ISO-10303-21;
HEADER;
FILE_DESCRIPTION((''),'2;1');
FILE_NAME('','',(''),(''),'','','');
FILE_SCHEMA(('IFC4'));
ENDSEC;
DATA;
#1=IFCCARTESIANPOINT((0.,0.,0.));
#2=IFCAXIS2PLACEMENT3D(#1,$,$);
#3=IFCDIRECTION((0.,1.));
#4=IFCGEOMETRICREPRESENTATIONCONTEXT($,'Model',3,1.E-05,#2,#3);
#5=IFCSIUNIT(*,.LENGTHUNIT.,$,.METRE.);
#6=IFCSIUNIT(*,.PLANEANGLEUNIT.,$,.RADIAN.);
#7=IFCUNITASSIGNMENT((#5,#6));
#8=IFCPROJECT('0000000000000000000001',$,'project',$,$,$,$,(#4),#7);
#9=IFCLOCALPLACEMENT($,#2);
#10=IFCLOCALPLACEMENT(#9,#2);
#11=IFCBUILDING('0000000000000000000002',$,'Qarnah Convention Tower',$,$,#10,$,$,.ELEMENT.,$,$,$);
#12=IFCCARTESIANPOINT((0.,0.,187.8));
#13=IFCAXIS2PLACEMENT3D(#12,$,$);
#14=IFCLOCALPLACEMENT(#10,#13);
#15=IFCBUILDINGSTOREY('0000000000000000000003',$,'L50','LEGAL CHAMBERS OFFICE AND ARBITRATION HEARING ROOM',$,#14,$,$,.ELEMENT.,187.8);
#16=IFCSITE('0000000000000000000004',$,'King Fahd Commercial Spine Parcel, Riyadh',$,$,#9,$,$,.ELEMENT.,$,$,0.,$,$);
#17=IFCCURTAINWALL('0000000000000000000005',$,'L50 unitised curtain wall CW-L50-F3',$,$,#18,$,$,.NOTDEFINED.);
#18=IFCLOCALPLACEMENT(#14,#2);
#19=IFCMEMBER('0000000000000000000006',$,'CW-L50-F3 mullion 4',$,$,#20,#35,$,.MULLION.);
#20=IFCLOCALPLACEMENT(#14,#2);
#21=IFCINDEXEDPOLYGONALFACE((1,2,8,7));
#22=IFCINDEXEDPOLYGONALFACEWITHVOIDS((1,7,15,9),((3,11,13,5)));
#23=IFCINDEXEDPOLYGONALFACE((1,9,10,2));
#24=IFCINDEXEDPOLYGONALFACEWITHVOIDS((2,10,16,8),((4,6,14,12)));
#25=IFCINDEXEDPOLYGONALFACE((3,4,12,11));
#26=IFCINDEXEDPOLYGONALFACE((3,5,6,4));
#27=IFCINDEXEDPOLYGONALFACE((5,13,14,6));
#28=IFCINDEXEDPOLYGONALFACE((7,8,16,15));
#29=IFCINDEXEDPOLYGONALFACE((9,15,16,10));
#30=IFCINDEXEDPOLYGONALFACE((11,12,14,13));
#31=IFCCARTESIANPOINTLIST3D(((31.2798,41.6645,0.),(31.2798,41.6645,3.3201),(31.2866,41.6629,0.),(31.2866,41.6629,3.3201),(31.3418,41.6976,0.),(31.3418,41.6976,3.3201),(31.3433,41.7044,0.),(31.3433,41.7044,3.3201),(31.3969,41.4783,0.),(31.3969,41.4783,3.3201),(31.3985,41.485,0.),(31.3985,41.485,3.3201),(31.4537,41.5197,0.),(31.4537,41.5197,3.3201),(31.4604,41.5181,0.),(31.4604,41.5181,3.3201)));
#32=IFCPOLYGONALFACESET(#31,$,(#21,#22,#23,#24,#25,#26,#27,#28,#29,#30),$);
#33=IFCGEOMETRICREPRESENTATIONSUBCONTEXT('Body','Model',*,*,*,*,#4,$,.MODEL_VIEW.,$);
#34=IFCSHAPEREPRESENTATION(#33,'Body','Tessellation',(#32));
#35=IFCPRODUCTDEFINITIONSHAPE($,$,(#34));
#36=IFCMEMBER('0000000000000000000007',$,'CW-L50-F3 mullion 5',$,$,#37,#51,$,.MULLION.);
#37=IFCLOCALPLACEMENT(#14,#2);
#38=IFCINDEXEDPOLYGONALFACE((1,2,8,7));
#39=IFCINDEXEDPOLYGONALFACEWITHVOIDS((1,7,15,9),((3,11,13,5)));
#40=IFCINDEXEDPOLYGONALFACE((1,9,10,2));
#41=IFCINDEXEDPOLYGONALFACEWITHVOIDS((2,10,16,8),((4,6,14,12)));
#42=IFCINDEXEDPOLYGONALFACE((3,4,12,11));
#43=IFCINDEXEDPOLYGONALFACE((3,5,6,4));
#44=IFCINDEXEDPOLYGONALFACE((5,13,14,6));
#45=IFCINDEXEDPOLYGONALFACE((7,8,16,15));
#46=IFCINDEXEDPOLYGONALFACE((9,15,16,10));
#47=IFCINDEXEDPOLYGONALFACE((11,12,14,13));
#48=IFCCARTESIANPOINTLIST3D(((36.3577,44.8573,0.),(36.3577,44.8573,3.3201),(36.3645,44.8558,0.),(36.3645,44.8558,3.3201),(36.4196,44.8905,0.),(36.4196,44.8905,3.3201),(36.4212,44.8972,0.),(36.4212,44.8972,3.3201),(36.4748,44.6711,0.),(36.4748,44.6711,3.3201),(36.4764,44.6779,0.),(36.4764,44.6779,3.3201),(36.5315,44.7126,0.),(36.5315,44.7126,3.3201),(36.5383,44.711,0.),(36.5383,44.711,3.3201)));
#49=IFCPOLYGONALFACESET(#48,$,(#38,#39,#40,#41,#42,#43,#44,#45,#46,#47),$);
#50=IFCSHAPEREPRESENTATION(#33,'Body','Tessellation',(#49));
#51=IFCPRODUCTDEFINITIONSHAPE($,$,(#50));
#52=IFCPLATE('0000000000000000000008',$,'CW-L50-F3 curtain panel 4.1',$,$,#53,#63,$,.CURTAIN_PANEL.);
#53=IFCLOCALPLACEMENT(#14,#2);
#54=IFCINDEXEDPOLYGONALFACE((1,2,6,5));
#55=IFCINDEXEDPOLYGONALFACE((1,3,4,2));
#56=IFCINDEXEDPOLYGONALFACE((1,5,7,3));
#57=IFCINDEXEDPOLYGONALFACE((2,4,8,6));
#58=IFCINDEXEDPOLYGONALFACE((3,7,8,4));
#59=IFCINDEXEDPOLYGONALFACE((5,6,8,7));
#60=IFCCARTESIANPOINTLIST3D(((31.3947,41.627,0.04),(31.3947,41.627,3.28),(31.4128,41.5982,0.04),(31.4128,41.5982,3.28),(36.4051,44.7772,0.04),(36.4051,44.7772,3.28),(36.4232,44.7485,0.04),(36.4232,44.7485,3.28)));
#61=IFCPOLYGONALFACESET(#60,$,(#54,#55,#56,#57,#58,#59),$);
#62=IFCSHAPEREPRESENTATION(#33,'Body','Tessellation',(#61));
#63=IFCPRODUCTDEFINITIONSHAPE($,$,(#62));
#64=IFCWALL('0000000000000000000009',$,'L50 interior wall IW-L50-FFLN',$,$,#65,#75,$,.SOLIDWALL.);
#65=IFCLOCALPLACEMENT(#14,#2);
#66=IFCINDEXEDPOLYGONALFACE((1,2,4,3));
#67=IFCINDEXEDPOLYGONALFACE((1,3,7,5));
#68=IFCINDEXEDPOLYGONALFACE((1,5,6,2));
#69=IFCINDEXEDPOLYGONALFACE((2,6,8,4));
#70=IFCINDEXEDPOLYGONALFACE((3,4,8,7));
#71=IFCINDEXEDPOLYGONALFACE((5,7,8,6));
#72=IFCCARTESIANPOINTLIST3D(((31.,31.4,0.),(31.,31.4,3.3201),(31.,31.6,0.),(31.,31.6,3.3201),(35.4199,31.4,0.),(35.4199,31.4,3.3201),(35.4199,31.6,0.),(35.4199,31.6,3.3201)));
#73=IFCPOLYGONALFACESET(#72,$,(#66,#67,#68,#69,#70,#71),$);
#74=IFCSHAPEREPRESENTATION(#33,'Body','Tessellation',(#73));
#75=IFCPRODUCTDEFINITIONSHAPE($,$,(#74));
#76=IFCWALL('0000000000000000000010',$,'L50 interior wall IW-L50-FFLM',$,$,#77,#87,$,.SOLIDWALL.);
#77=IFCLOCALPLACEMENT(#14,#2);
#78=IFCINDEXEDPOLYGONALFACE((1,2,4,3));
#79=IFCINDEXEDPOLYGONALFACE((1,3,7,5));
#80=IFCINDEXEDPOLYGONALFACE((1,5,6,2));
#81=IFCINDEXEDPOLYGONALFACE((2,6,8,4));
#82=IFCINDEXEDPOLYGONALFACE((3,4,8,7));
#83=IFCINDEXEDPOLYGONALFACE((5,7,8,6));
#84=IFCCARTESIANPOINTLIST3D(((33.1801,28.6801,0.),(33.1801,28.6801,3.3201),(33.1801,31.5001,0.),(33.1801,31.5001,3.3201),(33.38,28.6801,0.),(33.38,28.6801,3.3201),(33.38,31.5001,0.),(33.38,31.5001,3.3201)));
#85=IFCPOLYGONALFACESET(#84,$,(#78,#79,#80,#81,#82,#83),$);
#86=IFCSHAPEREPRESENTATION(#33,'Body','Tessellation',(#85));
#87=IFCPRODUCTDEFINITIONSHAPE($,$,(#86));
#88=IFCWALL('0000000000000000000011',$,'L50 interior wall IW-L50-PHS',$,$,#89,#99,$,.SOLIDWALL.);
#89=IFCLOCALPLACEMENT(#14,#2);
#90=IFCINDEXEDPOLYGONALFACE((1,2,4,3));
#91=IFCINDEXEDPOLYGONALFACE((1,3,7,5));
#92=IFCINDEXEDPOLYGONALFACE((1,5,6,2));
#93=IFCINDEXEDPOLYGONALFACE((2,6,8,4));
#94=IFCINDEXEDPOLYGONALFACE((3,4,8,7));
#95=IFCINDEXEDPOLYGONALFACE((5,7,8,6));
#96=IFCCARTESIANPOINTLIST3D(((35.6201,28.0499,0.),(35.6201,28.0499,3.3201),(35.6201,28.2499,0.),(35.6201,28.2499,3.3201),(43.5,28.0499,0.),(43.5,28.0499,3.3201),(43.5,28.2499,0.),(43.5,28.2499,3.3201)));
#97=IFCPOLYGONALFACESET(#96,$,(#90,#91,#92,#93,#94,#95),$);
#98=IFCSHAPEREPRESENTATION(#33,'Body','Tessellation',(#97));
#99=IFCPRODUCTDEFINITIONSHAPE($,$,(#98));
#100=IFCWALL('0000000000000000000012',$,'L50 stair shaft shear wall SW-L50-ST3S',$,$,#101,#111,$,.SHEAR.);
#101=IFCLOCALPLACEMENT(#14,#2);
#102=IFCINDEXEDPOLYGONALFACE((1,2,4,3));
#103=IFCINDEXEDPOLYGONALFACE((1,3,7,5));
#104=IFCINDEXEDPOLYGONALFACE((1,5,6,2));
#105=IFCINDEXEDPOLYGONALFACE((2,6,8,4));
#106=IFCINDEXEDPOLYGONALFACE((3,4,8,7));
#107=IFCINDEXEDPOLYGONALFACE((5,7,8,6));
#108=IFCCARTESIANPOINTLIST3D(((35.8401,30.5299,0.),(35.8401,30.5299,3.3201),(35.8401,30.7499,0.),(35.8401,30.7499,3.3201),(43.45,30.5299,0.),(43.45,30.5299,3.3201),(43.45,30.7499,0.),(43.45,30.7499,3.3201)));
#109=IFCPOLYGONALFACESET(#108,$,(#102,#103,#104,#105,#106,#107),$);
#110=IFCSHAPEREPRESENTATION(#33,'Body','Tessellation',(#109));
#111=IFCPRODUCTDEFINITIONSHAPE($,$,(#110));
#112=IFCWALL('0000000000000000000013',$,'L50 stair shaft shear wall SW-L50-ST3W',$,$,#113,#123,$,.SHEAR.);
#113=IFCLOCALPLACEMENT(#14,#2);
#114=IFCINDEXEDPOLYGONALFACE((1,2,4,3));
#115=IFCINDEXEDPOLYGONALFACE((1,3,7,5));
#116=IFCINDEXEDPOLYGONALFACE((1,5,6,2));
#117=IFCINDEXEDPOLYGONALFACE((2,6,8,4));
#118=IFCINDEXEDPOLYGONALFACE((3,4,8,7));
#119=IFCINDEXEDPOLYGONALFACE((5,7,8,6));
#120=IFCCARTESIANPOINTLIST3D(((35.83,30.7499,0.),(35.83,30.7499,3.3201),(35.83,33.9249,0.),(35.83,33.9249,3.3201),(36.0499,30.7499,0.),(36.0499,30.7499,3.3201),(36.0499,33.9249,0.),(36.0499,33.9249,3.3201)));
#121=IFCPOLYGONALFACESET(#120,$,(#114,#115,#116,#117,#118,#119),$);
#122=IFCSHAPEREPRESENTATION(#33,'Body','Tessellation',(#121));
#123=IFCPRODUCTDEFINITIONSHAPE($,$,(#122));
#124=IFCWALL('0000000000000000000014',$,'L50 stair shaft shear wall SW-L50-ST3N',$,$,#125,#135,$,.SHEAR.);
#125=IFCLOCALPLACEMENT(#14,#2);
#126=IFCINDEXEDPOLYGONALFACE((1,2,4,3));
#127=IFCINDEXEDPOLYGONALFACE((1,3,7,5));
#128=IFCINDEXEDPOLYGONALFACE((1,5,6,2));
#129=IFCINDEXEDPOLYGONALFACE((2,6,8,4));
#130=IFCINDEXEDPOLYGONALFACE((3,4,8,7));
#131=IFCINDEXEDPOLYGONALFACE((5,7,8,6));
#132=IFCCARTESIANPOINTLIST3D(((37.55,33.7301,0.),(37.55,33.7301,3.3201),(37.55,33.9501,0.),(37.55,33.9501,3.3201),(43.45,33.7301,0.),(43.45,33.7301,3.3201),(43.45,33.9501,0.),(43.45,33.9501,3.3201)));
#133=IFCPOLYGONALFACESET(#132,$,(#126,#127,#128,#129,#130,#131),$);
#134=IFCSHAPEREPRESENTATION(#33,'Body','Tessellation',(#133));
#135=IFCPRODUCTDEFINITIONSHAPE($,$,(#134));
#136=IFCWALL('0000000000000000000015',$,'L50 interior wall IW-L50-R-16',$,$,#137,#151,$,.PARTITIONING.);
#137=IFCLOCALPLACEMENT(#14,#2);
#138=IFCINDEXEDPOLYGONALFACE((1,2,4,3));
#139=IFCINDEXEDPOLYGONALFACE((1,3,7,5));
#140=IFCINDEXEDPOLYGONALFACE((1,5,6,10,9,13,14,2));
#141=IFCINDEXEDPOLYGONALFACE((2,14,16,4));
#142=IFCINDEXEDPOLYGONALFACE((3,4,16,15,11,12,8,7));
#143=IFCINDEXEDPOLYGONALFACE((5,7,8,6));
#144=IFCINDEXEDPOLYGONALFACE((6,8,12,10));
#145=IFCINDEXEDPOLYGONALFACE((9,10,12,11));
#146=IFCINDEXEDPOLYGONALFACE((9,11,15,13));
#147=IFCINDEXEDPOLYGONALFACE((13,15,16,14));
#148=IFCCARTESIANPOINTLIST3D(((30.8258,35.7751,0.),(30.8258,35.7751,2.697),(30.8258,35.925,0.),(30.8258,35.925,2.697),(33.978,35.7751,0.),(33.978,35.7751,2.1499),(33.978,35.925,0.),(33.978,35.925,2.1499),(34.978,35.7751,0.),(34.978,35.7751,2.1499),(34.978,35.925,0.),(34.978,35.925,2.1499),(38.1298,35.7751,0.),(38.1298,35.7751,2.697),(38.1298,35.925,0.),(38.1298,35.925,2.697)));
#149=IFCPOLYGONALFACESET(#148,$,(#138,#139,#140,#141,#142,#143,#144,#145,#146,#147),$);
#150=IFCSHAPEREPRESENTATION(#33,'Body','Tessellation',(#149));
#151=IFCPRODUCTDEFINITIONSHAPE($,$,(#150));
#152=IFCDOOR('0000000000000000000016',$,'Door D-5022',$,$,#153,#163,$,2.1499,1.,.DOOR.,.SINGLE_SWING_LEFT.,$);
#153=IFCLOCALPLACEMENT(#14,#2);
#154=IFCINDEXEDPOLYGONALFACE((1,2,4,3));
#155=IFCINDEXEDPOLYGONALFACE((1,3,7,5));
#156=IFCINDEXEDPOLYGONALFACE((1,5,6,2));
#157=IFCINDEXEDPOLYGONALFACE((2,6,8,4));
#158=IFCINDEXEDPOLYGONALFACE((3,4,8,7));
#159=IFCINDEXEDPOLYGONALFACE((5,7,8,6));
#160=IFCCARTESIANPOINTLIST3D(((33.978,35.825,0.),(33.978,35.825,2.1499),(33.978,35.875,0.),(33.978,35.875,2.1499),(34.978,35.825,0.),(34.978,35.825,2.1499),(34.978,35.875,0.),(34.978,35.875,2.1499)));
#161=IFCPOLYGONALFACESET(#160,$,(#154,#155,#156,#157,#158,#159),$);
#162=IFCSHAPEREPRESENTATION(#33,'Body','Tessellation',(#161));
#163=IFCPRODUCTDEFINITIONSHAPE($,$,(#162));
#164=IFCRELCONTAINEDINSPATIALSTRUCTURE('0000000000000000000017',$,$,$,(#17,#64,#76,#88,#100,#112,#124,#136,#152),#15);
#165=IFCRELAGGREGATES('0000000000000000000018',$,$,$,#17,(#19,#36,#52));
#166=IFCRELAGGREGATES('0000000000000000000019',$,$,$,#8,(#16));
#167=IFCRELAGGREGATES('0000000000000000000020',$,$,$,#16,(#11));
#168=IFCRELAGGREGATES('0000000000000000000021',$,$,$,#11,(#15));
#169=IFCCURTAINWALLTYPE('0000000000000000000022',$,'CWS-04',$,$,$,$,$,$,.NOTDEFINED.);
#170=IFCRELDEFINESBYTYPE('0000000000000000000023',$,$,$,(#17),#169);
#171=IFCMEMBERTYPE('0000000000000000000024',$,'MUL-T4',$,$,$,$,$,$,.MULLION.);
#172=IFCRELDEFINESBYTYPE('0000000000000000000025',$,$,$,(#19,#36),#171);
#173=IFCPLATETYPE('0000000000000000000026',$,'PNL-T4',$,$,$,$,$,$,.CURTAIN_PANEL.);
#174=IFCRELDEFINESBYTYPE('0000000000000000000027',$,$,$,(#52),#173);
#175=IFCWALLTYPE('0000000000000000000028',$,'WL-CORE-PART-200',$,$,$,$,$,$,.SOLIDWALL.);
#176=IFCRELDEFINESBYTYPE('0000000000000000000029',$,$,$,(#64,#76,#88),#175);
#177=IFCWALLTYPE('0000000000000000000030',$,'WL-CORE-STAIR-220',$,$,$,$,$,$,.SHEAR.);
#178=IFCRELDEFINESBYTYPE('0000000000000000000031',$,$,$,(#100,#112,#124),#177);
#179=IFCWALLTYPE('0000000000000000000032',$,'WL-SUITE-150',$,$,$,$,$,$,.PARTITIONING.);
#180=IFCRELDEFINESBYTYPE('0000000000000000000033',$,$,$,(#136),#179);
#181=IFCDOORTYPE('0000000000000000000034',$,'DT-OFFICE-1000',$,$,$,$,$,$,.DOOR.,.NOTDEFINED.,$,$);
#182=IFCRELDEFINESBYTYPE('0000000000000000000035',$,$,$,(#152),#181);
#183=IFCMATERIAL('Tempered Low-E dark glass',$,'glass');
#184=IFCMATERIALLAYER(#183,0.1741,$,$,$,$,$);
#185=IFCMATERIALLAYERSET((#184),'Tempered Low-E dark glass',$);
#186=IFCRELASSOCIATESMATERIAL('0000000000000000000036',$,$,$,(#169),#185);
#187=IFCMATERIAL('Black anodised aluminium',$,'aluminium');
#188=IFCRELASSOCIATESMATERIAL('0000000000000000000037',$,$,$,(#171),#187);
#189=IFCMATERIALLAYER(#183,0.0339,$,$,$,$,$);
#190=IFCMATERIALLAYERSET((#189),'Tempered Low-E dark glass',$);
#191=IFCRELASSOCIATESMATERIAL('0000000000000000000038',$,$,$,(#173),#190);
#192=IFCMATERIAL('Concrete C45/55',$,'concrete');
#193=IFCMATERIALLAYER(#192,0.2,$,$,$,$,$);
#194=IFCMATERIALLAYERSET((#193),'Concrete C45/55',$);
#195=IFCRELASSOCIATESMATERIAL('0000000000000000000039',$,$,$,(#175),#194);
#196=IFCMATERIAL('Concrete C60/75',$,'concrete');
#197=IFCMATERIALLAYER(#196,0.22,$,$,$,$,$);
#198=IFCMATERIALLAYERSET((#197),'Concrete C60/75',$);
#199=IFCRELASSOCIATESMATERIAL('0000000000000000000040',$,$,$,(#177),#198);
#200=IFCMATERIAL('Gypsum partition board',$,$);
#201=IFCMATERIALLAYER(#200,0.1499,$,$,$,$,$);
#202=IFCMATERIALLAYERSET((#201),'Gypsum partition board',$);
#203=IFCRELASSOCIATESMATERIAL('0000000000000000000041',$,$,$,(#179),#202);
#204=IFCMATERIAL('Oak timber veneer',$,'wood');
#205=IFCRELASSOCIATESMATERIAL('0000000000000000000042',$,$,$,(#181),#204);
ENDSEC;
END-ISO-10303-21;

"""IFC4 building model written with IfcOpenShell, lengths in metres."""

from ifc_helpers import new_model, si_unit, direction, frame, frame_2d, origin, origin_2d, place, context, subcontext, project, spatial, rectangle, hollow_rectangle, extrude, material, layer, layer_set, material_profile, profile_set, type_object, element, fill, aggregate, save


model = new_model("IFC4")

# Units and contexts
model_context = context("Model", 3, precision=1e-05, world=origin(), true_north=direction((0.0, 1.0)))
body_context = subcontext(model_context, "Body", "Model", "MODEL_VIEW")
ifc_project = project(units=[si_unit("LENGTHUNIT", "METRE"), si_unit("PLANEANGLEUNIT", "RADIAN")], contexts=[model_context])

# Site, building, storey
site_placement = place(None, origin())
site = spatial("IfcSite", under=ifc_project, at=site_placement, Name="King Fahd Commercial Spine Parcel, Riyadh", CompositionType="ELEMENT", RefElevation=0.0)
building_placement = place(site_placement, origin())
building = spatial("IfcBuilding", under=site, at=building_placement, Name="Qarnah Convention Tower", CompositionType="ELEMENT")
storey_placement = place(building_placement, frame((0.0, 0.0, 187.8)))
storey = spatial("IfcBuildingStorey", under=building, at=storey_placement, Name="L50", Description="LEGAL CHAMBERS OFFICE AND ARBITRATION HEARING ROOM", CompositionType="ELEMENT", Elevation=187.8)

# Curtain wall, members, plate
ifc_material_1 = material(Name="Tempered Low-E dark glass", Category="glass")
ifc_layer_1 = layer(ifc_material_1, 0.1741)
ifc_layer_set_1 = layer_set([ifc_layer_1], Name="Tempered Low-E dark glass")
curtain_wall_type = type_object("IfcCurtainWallType", Name="CWS-04", PredefinedType="NOTDEFINED", material=ifc_layer_set_1)
curtain_wall_placement = place(storey_placement, origin())
curtain_wall = element("IfcCurtainWall", 1, at=curtain_wall_placement, inside=storey, type_object=curtain_wall_type, Name="L50 unitised curtain wall CW-L50-F3", PredefinedType="NOTDEFINED")
ifc_material_2 = material(Name="Black anodised aluminium", Category="aluminium")
ifc_material_profile_1 = material_profile(ifc_material_2, hollow_rectangle(XDim=0.075, YDim=0.22, WallThickness=0.0049, at=origin_2d()), Name="MUL-75X220")
ifc_profile_set_1 = profile_set([ifc_material_profile_1], Name="Black anodised aluminium")
member_type = type_object("IfcMemberType", Name="MUL-T4", PredefinedType="MULLION", material=ifc_profile_set_1)
member_1_placement = place(storey_placement, frame((31.3701, 41.5913, 0.0), z_axis=(0.0, 0.0, 1.0), x_axis=(0.846568, 0.532281, 0.0)))
member_1 = element("IfcMember", 2, at=member_1_placement, type_object=member_type, Name="CW-L50-F3 mullion 4", PredefinedType="MULLION", context=body_context, shape_type="SweptSolid", body=[
    extrude(hollow_rectangle(XDim=0.075, YDim=0.22, WallThickness=0.0049, at=origin_2d()), origin(), (0.0, 0.0, 1.0), 3.3201),
])
member_2_placement = place(storey_placement, frame((36.448, 44.7842, 0.0), z_axis=(0.0, 0.0, 1.0), x_axis=(0.846568, 0.532281, 0.0)))
member_2 = element("IfcMember", 3, at=member_2_placement, type_object=member_type, Name="CW-L50-F3 mullion 5", PredefinedType="MULLION", context=body_context, shape_type="SweptSolid", body=[
    extrude(hollow_rectangle(XDim=0.075, YDim=0.22, WallThickness=0.0049, at=origin_2d()), origin(), (0.0, 0.0, 1.0), 3.3201),
])
ifc_layer_2 = layer(ifc_material_1, 0.0339)
ifc_layer_set_2 = layer_set([ifc_layer_2], Name="Tempered Low-E dark glass")
plate_type = type_object("IfcPlateType", Name="PNL-T4", PredefinedType="CURTAIN_PANEL", material=ifc_layer_set_2)
plate_placement = place(storey_placement, frame((33.9089, 43.1877, 0.04), z_axis=(0.0, 0.0, 1.0), x_axis=(0.846568, 0.532281, 0.0)))
plate = element("IfcPlate", 4, at=plate_placement, type_object=plate_type, Name="CW-L50-F3 curtain panel 4.1", PredefinedType="CURTAIN_PANEL", context=body_context, shape_type="SweptSolid", body=[
    extrude(rectangle(XDim=5.9185, YDim=0.0339, at=origin_2d()), origin(), (0.0, 0.0, 1.0), 3.24),
])
aggregate(curtain_wall, [member_1, member_2, plate])

# Shared definitions
ifc_material_3 = material(Name="Concrete C45/55", Category="concrete")
ifc_layer_3 = layer(ifc_material_3, 0.2)
ifc_layer_set_3 = layer_set([ifc_layer_3], Name="Concrete C45/55")
wall_type_1 = type_object("IfcWallType", Name="WL-CORE-PART-200", PredefinedType="SOLIDWALL", material=ifc_layer_set_3)

# Walls
wall_1_placement = place(storey_placement, frame((31.0, 31.5, 0.0), z_axis=(0.0, 0.0, 1.0), x_axis=(1.0, 0.0, 0.0)))
element("IfcWall", 5, at=wall_1_placement, inside=storey, type_object=wall_type_1, Name="L50 interior wall IW-L50-FFLN", PredefinedType="SOLIDWALL", context=body_context, shape_type="SweptSolid", body=[
    extrude(rectangle(XDim=4.4199, YDim=0.2, at=frame_2d((2.21, 0.0))), origin(), (0.0, 0.0, 1.0), 3.3201),
])
wall_2_placement = place(storey_placement, frame((33.28, 28.6799, 0.0), z_axis=(0.0, 0.0, 1.0), x_axis=(0.0, 1.0, 0.0)))
element("IfcWall", 6, at=wall_2_placement, inside=storey, type_object=wall_type_1, Name="L50 interior wall IW-L50-FFLM", PredefinedType="SOLIDWALL", context=body_context, shape_type="SweptSolid", body=[
    extrude(rectangle(XDim=2.8201, YDim=0.2, at=frame_2d((1.4102, 0.0))), origin(), (0.0, 0.0, 1.0), 3.3201),
])
wall_3_placement = place(storey_placement, frame((35.6201, 28.1499, 0.0), z_axis=(0.0, 0.0, 1.0), x_axis=(1.0, 0.0, 0.0)))
element("IfcWall", 7, at=wall_3_placement, inside=storey, type_object=wall_type_1, Name="L50 interior wall IW-L50-PHS", PredefinedType="SOLIDWALL", context=body_context, shape_type="SweptSolid", body=[
    extrude(rectangle(XDim=7.8799, YDim=0.2, at=frame_2d((3.9399, 0.0))), origin(), (0.0, 0.0, 1.0), 3.3201),
])

# Walls
ifc_material_4 = material(Name="Concrete C60/75", Category="concrete")
ifc_layer_4 = layer(ifc_material_4, 0.22)
ifc_layer_set_4 = layer_set([ifc_layer_4], Name="Concrete C60/75")
wall_type_2 = type_object("IfcWallType", Name="WL-CORE-STAIR-220", PredefinedType="SHEAR", material=ifc_layer_set_4)
wall_4_placement = place(storey_placement, frame((35.8401, 30.6399, 0.0), z_axis=(0.0, 0.0, 1.0), x_axis=(1.0, 0.0, 0.0)))
element("IfcWall", 8, at=wall_4_placement, inside=storey, type_object=wall_type_2, Name="L50 stair shaft shear wall SW-L50-ST3S", PredefinedType="SHEAR", context=body_context, shape_type="SweptSolid", body=[
    extrude(rectangle(XDim=7.6099, YDim=0.22, at=frame_2d((3.8049, 0.0))), origin(), (0.0, 0.0, 1.0), 3.3201),
])
wall_5_placement = place(storey_placement, frame((35.9399, 30.75, 0.0), z_axis=(0.0, 0.0, 1.0), x_axis=(0.0, 1.0, 0.0)))
element("IfcWall", 9, at=wall_5_placement, inside=storey, type_object=wall_type_2, Name="L50 stair shaft shear wall SW-L50-ST3W", PredefinedType="SHEAR", context=body_context, shape_type="SweptSolid", body=[
    extrude(rectangle(XDim=3.175, YDim=0.22, at=frame_2d((1.5874, 0.0))), origin(), (0.0, 0.0, 1.0), 3.3201),
])
wall_6_placement = place(storey_placement, frame((37.55, 33.8401, 0.0), z_axis=(0.0, 0.0, 1.0), x_axis=(1.0, 0.0, 0.0)))
element("IfcWall", 10, at=wall_6_placement, inside=storey, type_object=wall_type_2, Name="L50 stair shaft shear wall SW-L50-ST3N", PredefinedType="SHEAR", context=body_context, shape_type="SweptSolid", body=[
    extrude(rectangle(XDim=5.8999, YDim=0.22, at=frame_2d((2.95, 0.0))), origin(), (0.0, 0.0, 1.0), 3.3201),
])

# Wall, opening, door
ifc_material_5 = material(Name="Gypsum partition board")
ifc_layer_5 = layer(ifc_material_5, 0.1499)
ifc_layer_set_5 = layer_set([ifc_layer_5], Name="Gypsum partition board")
wall_type_3 = type_object("IfcWallType", Name="WL-SUITE-150", PredefinedType="PARTITIONING", material=ifc_layer_set_5)
wall_7_placement = place(storey_placement, frame((30.8259, 35.8501, 0.0), z_axis=(0.0, 0.0, 1.0), x_axis=(1.0, 0.0, 0.0)))
wall_7 = element("IfcWall", 11, at=wall_7_placement, inside=storey, type_object=wall_type_3, Name="L50 interior wall IW-L50-R-16", PredefinedType="PARTITIONING", context=body_context, shape_type="SweptSolid", body=[
    extrude(rectangle(XDim=7.304, YDim=0.1499, at=frame_2d((3.6519, 0.0))), origin(), (0.0, 0.0, 1.0), 2.697),
])
opening_1_placement = place(wall_7_placement, frame((3.1521, 0.0, 0.0)))
opening_1 = element("IfcOpeningElement", 12, at=opening_1_placement, cuts=wall_7, PredefinedType="OPENING", context=body_context, shape_type="SweptSolid", body=[
    extrude(rectangle(XDim=1.0, YDim=2.1499, at=frame_2d((0.5, 1.075))), frame((0.0, 0.085, 0.0), z_axis=(0.0, -1.0, 0.0), x_axis=(1.0, 0.0, 0.0)), (0.0, 0.0, 1.0), 0.1699),
])
ifc_material_6 = material(Name="Oak timber veneer", Category="wood")
door_type_1 = type_object("IfcDoorType", Name="DT-OFFICE-1000", OperationType="NOTDEFINED", PredefinedType="DOOR", material=ifc_material_6)
door_1_placement = place(opening_1_placement, origin())
door_1 = element("IfcDoor", 13, at=door_1_placement, inside=storey, type_object=door_type_1, Name="Door D-5022", OperationType="SINGLE_SWING_LEFT", OverallHeight=2.1499, OverallWidth=1.0, PredefinedType="DOOR", context=body_context, shape_type="SweptSolid", body=[
    extrude(rectangle(XDim=1.0, YDim=2.1499, at=frame_2d((0.5, 1.075))), frame((0.0, 0.0249, 0.0), z_axis=(0.0, -1.0, 0.0), x_axis=(1.0, 0.0, 0.0)), (0.0, 0.0, 1.0), 0.05),
])
fill(opening_1, door_1)

save(model, "model.ifc")
